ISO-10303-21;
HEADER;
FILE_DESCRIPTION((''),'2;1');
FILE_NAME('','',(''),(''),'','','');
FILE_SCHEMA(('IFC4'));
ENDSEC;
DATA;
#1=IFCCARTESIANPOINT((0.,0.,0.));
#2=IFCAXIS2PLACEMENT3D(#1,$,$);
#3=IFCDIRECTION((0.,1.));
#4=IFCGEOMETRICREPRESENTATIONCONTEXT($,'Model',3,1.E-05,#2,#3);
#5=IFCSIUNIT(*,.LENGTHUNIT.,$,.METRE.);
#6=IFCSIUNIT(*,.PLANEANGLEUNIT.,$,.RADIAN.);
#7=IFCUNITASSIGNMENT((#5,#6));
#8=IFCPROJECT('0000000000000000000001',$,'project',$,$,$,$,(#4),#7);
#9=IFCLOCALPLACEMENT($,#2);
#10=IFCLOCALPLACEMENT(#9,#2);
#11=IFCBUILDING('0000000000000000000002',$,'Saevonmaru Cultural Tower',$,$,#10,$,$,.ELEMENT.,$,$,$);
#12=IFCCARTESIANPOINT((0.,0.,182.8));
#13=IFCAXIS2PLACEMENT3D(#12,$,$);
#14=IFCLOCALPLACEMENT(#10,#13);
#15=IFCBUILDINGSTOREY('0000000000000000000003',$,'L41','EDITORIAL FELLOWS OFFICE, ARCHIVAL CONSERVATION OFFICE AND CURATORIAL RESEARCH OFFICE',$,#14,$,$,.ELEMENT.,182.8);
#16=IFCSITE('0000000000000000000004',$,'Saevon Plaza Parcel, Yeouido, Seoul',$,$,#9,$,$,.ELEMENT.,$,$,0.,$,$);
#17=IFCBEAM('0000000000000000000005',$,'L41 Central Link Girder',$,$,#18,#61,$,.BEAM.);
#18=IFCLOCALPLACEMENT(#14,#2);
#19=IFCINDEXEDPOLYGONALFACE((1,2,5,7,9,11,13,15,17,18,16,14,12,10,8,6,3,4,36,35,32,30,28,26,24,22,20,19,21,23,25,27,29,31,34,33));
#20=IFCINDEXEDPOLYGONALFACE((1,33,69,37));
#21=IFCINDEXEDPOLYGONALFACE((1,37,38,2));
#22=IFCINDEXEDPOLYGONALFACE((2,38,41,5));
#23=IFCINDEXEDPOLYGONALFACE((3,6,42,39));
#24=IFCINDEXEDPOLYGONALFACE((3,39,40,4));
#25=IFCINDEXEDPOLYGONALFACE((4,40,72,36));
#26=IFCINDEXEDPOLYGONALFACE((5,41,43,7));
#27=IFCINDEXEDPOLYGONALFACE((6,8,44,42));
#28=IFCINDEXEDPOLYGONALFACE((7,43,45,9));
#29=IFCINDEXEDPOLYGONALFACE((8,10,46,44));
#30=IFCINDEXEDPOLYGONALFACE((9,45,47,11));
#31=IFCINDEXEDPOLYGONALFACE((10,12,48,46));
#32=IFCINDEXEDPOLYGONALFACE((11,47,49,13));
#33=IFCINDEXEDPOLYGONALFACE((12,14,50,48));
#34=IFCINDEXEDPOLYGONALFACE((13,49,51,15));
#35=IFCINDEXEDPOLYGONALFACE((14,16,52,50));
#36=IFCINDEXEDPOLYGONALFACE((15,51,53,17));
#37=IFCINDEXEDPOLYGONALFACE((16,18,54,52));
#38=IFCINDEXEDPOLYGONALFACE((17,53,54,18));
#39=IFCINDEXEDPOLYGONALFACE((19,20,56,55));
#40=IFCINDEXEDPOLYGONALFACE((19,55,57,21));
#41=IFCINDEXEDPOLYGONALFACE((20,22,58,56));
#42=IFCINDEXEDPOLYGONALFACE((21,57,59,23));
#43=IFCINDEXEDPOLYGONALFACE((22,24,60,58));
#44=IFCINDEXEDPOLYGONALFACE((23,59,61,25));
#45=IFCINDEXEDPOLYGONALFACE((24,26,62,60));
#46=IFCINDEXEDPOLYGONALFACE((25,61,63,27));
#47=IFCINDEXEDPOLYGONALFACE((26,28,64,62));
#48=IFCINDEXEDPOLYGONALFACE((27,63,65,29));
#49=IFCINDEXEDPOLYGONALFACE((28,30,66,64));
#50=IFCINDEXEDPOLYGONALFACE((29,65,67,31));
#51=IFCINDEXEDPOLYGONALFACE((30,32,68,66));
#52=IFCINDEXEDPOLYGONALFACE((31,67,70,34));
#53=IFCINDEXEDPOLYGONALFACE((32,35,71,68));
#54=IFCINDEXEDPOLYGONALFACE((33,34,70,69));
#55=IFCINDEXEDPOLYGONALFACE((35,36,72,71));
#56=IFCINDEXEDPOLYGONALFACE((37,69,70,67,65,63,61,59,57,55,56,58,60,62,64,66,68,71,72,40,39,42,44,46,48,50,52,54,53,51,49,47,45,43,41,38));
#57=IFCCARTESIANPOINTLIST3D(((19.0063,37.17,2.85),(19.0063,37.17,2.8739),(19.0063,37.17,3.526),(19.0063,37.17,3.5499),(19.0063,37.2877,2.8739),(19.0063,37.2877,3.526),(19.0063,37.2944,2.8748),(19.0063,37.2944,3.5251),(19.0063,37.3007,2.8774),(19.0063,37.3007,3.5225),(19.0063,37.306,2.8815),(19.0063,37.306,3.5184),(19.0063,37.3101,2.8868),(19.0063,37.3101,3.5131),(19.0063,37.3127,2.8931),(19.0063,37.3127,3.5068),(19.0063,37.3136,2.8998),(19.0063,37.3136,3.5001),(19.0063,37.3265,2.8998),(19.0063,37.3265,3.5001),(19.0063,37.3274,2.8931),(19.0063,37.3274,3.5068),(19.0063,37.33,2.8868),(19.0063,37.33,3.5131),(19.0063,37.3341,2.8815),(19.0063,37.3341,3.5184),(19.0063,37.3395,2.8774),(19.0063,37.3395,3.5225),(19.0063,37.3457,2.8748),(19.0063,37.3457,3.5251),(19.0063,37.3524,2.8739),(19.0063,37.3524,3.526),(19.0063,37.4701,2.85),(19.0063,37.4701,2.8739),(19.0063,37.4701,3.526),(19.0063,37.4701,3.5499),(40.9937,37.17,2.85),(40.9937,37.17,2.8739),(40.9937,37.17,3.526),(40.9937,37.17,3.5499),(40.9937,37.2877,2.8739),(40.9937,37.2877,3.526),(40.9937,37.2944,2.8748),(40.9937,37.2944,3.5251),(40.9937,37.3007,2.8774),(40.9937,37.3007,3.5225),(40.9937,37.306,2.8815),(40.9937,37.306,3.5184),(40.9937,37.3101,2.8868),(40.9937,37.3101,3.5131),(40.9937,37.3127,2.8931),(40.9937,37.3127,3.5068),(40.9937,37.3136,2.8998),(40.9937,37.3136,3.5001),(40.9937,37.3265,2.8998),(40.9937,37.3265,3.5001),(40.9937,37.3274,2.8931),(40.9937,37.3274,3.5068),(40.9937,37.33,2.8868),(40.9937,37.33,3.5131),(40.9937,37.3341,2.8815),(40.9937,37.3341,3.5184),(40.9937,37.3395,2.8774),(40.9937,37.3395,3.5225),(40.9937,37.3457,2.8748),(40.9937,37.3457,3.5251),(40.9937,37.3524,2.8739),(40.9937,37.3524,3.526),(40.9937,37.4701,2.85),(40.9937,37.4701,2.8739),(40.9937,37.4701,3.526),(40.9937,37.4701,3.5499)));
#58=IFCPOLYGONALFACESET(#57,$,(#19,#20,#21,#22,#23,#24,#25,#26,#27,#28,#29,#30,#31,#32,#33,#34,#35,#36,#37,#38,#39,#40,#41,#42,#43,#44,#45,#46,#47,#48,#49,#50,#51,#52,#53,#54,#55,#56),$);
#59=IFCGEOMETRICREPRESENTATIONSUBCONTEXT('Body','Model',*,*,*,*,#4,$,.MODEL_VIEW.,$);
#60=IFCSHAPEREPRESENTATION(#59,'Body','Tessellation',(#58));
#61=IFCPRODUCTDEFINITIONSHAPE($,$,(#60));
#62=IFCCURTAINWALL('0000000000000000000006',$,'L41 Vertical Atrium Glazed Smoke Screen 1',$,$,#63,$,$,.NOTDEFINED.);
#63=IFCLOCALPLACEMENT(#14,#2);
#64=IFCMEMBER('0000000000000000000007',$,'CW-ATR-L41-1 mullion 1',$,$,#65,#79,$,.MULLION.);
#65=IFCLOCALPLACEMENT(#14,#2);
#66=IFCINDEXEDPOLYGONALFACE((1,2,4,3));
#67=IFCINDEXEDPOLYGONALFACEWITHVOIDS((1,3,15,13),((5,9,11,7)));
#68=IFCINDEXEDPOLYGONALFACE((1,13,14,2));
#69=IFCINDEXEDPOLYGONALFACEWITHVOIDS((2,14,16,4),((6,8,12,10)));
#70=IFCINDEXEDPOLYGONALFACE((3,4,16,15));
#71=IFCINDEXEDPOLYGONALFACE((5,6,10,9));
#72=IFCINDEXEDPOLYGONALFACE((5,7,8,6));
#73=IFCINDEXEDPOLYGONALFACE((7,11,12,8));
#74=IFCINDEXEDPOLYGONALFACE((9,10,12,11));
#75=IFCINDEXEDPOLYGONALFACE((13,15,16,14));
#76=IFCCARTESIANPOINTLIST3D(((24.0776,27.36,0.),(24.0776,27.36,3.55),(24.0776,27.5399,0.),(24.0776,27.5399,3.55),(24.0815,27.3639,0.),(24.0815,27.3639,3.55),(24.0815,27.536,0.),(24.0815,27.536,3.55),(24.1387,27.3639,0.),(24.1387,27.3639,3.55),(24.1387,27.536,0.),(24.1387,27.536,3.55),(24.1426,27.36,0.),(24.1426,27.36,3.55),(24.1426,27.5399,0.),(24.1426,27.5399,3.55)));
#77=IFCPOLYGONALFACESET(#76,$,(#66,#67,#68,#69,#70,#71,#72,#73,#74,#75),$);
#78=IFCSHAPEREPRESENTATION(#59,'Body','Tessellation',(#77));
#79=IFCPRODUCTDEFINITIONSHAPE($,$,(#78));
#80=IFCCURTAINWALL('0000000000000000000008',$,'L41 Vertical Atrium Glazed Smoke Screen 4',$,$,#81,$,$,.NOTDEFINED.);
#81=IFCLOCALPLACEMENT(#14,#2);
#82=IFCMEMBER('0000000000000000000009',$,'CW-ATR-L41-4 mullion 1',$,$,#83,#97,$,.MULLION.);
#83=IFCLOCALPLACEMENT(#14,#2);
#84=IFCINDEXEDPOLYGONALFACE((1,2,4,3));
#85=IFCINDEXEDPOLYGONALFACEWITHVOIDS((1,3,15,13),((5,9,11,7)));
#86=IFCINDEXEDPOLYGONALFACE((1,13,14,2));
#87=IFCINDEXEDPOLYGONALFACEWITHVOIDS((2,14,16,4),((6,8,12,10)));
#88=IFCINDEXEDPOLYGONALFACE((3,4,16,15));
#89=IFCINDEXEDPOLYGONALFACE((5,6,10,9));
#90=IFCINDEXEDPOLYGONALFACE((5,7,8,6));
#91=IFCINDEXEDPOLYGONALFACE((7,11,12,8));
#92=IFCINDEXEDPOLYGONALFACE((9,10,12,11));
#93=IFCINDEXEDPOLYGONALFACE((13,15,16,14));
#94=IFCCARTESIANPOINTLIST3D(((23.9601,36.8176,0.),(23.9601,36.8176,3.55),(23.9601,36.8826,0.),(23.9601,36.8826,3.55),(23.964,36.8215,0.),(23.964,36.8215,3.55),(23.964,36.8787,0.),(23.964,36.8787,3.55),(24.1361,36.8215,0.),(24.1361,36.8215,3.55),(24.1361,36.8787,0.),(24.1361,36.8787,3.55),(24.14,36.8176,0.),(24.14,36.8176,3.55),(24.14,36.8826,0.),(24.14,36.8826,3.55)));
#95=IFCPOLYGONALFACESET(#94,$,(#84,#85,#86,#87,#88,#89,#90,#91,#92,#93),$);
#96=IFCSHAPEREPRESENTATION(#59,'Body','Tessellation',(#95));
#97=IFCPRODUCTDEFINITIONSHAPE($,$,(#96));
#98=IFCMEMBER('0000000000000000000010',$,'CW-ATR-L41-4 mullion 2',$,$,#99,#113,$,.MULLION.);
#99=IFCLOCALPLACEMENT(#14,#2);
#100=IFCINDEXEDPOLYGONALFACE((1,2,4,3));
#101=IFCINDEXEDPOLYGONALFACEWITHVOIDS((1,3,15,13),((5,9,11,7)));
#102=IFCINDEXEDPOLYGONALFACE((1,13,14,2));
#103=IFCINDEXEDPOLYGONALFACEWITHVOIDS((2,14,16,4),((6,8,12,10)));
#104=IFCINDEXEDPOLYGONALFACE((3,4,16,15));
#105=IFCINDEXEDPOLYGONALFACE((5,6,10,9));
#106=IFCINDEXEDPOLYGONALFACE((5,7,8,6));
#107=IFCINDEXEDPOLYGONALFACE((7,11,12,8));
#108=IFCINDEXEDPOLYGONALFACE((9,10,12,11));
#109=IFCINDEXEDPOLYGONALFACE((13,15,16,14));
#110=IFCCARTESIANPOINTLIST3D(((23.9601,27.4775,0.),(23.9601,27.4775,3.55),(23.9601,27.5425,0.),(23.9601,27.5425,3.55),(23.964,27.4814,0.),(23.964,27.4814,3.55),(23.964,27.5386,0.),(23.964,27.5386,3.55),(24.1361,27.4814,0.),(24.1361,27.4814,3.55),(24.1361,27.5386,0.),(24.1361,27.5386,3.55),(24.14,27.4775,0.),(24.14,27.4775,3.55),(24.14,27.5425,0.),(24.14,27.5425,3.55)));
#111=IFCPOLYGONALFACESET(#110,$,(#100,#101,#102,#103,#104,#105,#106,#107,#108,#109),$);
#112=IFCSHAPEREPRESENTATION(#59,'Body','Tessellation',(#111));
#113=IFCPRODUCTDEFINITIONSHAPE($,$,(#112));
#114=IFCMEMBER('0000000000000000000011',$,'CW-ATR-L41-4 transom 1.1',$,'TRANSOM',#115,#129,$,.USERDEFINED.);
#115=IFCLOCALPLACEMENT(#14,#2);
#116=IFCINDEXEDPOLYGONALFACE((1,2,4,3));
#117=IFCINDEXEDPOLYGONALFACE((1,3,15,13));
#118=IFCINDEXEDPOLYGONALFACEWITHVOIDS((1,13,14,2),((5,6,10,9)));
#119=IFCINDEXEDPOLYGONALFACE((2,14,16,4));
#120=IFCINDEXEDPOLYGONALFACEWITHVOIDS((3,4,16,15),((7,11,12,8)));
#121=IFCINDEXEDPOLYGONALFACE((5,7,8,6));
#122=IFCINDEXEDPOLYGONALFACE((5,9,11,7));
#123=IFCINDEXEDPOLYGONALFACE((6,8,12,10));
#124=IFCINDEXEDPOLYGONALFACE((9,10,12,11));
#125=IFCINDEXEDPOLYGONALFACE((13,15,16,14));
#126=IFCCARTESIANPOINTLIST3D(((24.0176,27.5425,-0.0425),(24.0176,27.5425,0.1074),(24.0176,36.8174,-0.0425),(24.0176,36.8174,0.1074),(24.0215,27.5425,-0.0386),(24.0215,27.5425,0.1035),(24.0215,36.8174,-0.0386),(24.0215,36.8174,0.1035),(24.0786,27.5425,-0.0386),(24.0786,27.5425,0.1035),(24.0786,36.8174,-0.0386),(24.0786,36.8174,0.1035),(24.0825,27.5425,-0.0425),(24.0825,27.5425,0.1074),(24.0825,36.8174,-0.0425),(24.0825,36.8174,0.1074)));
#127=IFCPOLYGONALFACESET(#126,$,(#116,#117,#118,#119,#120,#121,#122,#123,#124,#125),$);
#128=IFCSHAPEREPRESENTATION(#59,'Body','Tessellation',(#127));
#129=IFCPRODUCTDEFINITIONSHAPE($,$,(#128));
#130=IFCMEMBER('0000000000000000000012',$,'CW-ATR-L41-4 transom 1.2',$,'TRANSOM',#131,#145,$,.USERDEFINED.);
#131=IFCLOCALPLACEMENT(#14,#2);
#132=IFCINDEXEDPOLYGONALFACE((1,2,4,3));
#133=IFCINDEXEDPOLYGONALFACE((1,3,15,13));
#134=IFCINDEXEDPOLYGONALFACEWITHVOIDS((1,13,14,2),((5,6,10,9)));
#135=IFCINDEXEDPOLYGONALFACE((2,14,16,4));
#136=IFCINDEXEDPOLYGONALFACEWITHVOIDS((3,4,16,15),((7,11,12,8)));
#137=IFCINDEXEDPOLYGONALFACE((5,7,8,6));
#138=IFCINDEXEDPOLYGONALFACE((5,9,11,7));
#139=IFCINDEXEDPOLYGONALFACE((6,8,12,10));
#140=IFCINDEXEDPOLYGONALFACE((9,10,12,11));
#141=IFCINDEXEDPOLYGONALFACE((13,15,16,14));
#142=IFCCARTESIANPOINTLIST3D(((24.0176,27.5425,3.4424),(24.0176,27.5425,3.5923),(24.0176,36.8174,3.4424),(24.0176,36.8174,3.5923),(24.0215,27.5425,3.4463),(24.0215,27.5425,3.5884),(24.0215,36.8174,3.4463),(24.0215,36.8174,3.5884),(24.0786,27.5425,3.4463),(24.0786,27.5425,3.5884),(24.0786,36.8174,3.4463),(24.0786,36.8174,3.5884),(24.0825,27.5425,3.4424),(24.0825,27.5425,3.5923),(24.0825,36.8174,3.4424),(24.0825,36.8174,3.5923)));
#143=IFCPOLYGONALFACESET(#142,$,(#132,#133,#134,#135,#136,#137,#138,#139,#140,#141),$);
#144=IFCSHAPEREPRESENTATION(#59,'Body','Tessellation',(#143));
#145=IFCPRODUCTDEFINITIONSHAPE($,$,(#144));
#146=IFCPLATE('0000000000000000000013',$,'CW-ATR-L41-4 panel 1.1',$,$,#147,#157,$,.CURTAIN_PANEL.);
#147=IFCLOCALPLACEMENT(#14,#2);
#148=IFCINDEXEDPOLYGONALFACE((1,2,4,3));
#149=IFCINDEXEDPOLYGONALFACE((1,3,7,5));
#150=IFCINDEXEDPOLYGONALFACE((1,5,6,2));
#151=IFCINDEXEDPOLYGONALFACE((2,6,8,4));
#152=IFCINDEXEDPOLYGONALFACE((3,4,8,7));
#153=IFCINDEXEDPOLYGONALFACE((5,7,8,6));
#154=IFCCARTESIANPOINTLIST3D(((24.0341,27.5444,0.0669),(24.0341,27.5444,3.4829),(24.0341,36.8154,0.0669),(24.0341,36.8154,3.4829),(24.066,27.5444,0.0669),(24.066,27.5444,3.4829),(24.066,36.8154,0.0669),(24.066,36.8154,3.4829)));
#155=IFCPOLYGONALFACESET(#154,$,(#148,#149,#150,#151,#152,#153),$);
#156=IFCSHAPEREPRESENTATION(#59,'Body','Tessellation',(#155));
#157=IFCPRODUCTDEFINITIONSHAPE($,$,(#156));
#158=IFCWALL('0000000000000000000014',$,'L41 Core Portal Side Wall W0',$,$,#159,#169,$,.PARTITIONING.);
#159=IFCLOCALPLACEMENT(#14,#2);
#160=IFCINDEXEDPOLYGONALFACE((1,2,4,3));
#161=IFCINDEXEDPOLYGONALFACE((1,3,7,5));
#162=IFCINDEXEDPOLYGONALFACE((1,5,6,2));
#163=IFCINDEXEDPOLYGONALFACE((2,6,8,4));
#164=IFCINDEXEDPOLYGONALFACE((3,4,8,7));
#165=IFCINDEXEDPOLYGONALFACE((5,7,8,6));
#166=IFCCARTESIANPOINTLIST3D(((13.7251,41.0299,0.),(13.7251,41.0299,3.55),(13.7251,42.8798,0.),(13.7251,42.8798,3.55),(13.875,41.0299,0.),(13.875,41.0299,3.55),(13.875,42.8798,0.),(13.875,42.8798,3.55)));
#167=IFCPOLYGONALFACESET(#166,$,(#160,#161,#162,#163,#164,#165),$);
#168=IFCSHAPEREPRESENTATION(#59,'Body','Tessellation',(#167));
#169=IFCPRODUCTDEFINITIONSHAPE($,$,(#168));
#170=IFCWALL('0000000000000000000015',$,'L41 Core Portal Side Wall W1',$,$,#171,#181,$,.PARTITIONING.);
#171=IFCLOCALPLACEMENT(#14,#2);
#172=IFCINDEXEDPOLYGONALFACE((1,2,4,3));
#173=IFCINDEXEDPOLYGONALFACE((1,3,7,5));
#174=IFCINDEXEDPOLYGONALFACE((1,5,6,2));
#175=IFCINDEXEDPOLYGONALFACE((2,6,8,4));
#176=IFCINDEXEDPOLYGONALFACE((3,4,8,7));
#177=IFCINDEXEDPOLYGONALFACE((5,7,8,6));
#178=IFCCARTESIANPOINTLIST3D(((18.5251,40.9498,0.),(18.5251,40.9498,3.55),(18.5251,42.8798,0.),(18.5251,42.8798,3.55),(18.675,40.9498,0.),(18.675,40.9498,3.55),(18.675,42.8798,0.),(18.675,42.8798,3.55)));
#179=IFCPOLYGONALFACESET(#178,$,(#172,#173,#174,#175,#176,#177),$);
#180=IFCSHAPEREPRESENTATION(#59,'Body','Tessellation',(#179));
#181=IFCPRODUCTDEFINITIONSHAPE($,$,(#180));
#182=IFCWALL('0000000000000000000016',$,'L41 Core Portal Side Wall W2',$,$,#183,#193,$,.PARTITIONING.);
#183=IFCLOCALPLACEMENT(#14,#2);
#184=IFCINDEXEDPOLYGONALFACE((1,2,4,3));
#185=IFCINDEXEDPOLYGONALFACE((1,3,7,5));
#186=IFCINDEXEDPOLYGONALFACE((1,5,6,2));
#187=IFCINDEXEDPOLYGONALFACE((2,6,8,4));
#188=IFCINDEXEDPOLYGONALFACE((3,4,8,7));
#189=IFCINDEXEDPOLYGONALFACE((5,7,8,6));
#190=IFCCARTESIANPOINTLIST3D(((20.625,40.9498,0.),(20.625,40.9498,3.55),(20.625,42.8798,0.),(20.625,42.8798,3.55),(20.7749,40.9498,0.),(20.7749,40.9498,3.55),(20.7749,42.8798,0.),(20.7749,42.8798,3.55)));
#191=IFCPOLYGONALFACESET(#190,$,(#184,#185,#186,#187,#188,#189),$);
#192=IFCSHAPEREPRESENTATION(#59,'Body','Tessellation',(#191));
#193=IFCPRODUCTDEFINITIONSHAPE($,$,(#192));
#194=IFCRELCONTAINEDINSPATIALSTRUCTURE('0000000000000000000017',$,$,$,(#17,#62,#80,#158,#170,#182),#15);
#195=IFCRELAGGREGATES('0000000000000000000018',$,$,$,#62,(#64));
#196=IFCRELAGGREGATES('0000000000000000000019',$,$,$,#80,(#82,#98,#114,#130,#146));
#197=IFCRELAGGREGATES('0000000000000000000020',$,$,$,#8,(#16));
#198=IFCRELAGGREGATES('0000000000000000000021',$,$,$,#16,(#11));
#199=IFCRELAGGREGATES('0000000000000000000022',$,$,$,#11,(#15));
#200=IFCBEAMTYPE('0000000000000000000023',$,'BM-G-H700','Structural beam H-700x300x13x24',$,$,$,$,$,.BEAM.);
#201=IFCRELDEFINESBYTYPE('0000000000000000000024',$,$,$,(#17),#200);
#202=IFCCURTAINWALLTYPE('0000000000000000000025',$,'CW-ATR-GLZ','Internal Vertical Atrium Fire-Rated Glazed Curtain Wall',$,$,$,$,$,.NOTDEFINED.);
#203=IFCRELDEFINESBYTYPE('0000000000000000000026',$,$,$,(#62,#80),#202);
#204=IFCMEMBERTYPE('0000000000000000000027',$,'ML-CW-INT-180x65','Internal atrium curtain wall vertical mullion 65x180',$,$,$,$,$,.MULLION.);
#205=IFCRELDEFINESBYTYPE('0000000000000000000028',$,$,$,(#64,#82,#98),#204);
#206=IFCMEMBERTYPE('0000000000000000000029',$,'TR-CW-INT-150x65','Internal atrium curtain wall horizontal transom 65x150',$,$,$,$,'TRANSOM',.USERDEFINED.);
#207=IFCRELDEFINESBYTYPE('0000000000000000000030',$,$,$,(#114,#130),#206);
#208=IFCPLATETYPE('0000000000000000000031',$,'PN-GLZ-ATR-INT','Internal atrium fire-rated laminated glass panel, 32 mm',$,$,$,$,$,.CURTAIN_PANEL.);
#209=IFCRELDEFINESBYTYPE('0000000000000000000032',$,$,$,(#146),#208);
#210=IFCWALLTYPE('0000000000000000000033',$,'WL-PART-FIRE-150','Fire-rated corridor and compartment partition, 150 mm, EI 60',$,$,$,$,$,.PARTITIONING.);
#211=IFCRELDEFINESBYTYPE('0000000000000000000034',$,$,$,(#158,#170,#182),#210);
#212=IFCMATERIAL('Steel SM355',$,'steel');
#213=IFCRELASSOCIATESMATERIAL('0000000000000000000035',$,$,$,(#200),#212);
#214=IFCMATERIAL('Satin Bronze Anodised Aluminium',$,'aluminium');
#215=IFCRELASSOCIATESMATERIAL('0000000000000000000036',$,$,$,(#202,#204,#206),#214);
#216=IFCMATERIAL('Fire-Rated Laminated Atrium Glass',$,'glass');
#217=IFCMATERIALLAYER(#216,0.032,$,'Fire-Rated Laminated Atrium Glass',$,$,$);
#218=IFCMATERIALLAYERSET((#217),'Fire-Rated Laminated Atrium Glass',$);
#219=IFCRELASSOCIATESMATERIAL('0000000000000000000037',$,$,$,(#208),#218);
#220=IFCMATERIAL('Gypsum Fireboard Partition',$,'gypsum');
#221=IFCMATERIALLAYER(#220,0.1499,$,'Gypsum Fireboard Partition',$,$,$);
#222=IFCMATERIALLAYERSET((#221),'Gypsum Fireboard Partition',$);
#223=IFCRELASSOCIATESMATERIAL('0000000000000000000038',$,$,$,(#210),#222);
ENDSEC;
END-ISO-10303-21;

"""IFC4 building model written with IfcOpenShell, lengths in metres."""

from ifc_helpers import new_model, si_unit, direction, frame, frame_2d, origin, origin_2d, place, context, subcontext, project, spatial, rectangle, hollow_rectangle, i_section, extrude, material, layer, layer_set, material_profile, profile_set, type_object, element, aggregate, save


model = new_model("IFC4")

# Units and contexts
model_context = context("Model", 3, precision=1e-05, world=origin(), true_north=direction((0.0, 1.0)))
body_context = subcontext(model_context, "Body", "Model", "MODEL_VIEW")
ifc_project = project(units=[si_unit("LENGTHUNIT", "METRE"), si_unit("PLANEANGLEUNIT", "RADIAN")], contexts=[model_context])

# Site, building, storey
site_placement = place(None, origin())
site = spatial("IfcSite", under=ifc_project, at=site_placement, Name="Saevon Plaza Parcel, Yeouido, Seoul", CompositionType="ELEMENT", RefElevation=0.0)
building_placement = place(site_placement, origin())
building = spatial("IfcBuilding", under=site, at=building_placement, Name="Saevonmaru Cultural Tower", CompositionType="ELEMENT")
storey_placement = place(building_placement, frame((0.0, 0.0, 182.8)))
storey = spatial("IfcBuildingStorey", under=building, at=storey_placement, Name="L41", Description="EDITORIAL FELLOWS OFFICE, ARCHIVAL CONSERVATION OFFICE AND CURATORIAL RESEARCH OFFICE", CompositionType="ELEMENT", Elevation=182.8)

# Shared definitions
ifc_material_1 = material(Name="Steel SM355", Category="steel")

# Beam
ifc_material_profile_1 = material_profile(ifc_material_1, i_section(OverallWidth=0.3, OverallDepth=0.7, WebThickness=0.0129, FlangeThickness=0.0239, FilletRadius=0.0259, at=origin_2d()), Name="H-700x300x13x24")
ifc_profile_set_1 = profile_set([ifc_material_profile_1], Name="Steel SM355")
beam_type = type_object("IfcBeamType", Name="BM-G-H700", Description="Structural beam H-700x300x13x24", PredefinedType="BEAM", material=ifc_profile_set_1)
beam_1_placement = place(storey_placement, frame((19.0063, 37.3201, 3.2), z_axis=(1.0, 0.0, 0.0), x_axis=(0.0, 1.0, 0.0)))
element("IfcBeam", 1, at=beam_1_placement, inside=storey, type_object=beam_type, Name="L41 Central Link Girder", PredefinedType="BEAM", context=body_context, shape_type="SweptSolid", body=[
    extrude(i_section(OverallWidth=0.3, OverallDepth=0.7, WebThickness=0.0129, FlangeThickness=0.0239, FilletRadius=0.0259, at=origin_2d()), origin(), (0.0, 0.0, 1.0), 21.9873),
])

# Curtain wall, member
ifc_material_2 = material(Name="Satin Bronze Anodised Aluminium", Category="aluminium")
curtain_wall_type = type_object("IfcCurtainWallType", Name="CW-ATR-GLZ", Description="Internal Vertical Atrium Fire-Rated Glazed Curtain Wall", PredefinedType="NOTDEFINED", material=ifc_material_2)
curtain_wall_1_placement = place(storey_placement, origin())
curtain_wall_1 = element("IfcCurtainWall", 2, at=curtain_wall_1_placement, inside=storey, type_object=curtain_wall_type, Name="L41 Vertical Atrium Glazed Smoke Screen 1", PredefinedType="NOTDEFINED")
ifc_material_profile_2 = material_profile(ifc_material_2, hollow_rectangle(XDim=0.0649, YDim=0.1799, WallThickness=0.0039, at=origin_2d()), Name="ALU-MULL-180x65x4")
ifc_profile_set_2 = profile_set([ifc_material_profile_2], Name="Satin Bronze Anodised Aluminium")
member_type_1 = type_object("IfcMemberType", Name="ML-CW-INT-180x65", Description="Internal atrium curtain wall vertical mullion 65x180", PredefinedType="MULLION", material=ifc_profile_set_2)
member_1_placement = place(storey_placement, frame((24.1101, 27.45, 0.0), z_axis=(0.0, 0.0, 1.0), x_axis=(1.0, 0.0, 0.0)))
member_1 = element("IfcMember", 3, at=member_1_placement, type_object=member_type_1, Name="CW-ATR-L41-1 mullion 1", PredefinedType="MULLION", context=body_context, shape_type="SweptSolid", body=[
    extrude(hollow_rectangle(XDim=0.0649, YDim=0.1799, WallThickness=0.0039, at=origin_2d()), origin(), (0.0, 0.0, 1.0), 3.55),
])
aggregate(curtain_wall_1, [member_1])

# Curtain wall, members, plate
curtain_wall_2_placement = place(storey_placement, origin())
curtain_wall_2 = element("IfcCurtainWall", 4, at=curtain_wall_2_placement, inside=storey, type_object=curtain_wall_type, Name="L41 Vertical Atrium Glazed Smoke Screen 4", PredefinedType="NOTDEFINED")
member_2_placement = place(storey_placement, frame((24.05, 36.8501, 0.0), z_axis=(0.0, 0.0, 1.0), x_axis=(0.0, -1.0, 0.0)))
member_2 = element("IfcMember", 5, at=member_2_placement, type_object=member_type_1, Name="CW-ATR-L41-4 mullion 1", PredefinedType="MULLION", context=body_context, shape_type="SweptSolid", body=[
    extrude(hollow_rectangle(XDim=0.0649, YDim=0.1799, WallThickness=0.0039, at=origin_2d()), origin(), (0.0, 0.0, 1.0), 3.55),
])
member_3_placement = place(storey_placement, frame((24.05, 27.51, 0.0), z_axis=(0.0, 0.0, 1.0), x_axis=(0.0, -1.0, 0.0)))
member_3 = element("IfcMember", 6, at=member_3_placement, type_object=member_type_1, Name="CW-ATR-L41-4 mullion 2", PredefinedType="MULLION", context=body_context, shape_type="SweptSolid", body=[
    extrude(hollow_rectangle(XDim=0.0649, YDim=0.1799, WallThickness=0.0039, at=origin_2d()), origin(), (0.0, 0.0, 1.0), 3.55),
])
ifc_material_profile_3 = material_profile(ifc_material_2, hollow_rectangle(XDim=0.0649, YDim=0.1499, WallThickness=0.0039, at=origin_2d()), Name="ALU-TRAN-150x65x4")
ifc_profile_set_3 = profile_set([ifc_material_profile_3], Name="Satin Bronze Anodised Aluminium")
member_type_2 = type_object("IfcMemberType", Name="TR-CW-INT-150x65", Description="Internal atrium curtain wall horizontal transom 65x150", ElementType="TRANSOM", PredefinedType="USERDEFINED", material=ifc_profile_set_3)
member_4_placement = place(storey_placement, frame((24.05, 36.8174, 0.0325), z_axis=(0.0, -1.0, 0.0), x_axis=(1.0, 0.0, 0.0)))
member_4 = element("IfcMember", 7, at=member_4_placement, type_object=member_type_2, Name="CW-ATR-L41-4 transom 1.1", ObjectType="TRANSOM", PredefinedType="USERDEFINED", context=body_context, shape_type="SweptSolid", body=[
    extrude(hollow_rectangle(XDim=0.0649, YDim=0.1499, WallThickness=0.0039, at=origin_2d()), origin(), (0.0, 0.0, 1.0), 9.2749),
])
member_5_placement = place(storey_placement, frame((24.05, 36.8174, 3.5173), z_axis=(0.0, -1.0, 0.0), x_axis=(1.0, 0.0, 0.0)))
member_5 = element("IfcMember", 8, at=member_5_placement, type_object=member_type_2, Name="CW-ATR-L41-4 transom 1.2", ObjectType="TRANSOM", PredefinedType="USERDEFINED", context=body_context, shape_type="SweptSolid", body=[
    extrude(hollow_rectangle(XDim=0.0649, YDim=0.1499, WallThickness=0.0039, at=origin_2d()), origin(), (0.0, 0.0, 1.0), 9.2749),
])
ifc_material_3 = material(Name="Fire-Rated Laminated Atrium Glass", Category="glass")
ifc_layer_1 = layer(ifc_material_3, 0.032, Name="Fire-Rated Laminated Atrium Glass")
ifc_layer_set_1 = layer_set([ifc_layer_1], Name="Fire-Rated Laminated Atrium Glass")
plate_type = type_object("IfcPlateType", Name="PN-GLZ-ATR-INT", Description="Internal atrium fire-rated laminated glass panel, 32 mm", PredefinedType="CURTAIN_PANEL", material=ifc_layer_set_1)
plate_placement = place(storey_placement, frame((24.05, 32.1799, 0.0669), z_axis=(0.0, 0.0, 1.0), x_axis=(0.0, -1.0, 0.0)))
plate = element("IfcPlate", 9, at=plate_placement, type_object=plate_type, Name="CW-ATR-L41-4 panel 1.1", PredefinedType="CURTAIN_PANEL", context=body_context, shape_type="SweptSolid", body=[
    extrude(rectangle(XDim=9.271, YDim=0.032, at=origin_2d()), origin(), (0.0, 0.0, 1.0), 3.416),
])
aggregate(curtain_wall_2, [member_2, member_3, member_4, member_5, plate])

# Walls
ifc_material_4 = material(Name="Gypsum Fireboard Partition", Category="gypsum")
ifc_layer_2 = layer(ifc_material_4, 0.1499, Name="Gypsum Fireboard Partition")
ifc_layer_set_2 = layer_set([ifc_layer_2], Name="Gypsum Fireboard Partition")
wall_type_1 = type_object("IfcWallType", Name="WL-PART-FIRE-150", Description="Fire-rated corridor and compartment partition, 150 mm, EI 60", PredefinedType="PARTITIONING", material=ifc_layer_set_2)
wall_1_placement = place(storey_placement, frame((13.8, 41.03, 0.0), z_axis=(0.0, 0.0, 1.0), x_axis=(0.0, 1.0, 0.0)))
element("IfcWall", 10, at=wall_1_placement, inside=storey, type_object=wall_type_1, Name="L41 Core Portal Side Wall W0", PredefinedType="PARTITIONING", context=body_context, shape_type="SweptSolid", body=[
    extrude(rectangle(XDim=1.8499, YDim=0.1499, at=frame_2d((0.9248, 0.0))), origin(), (0.0, 0.0, 1.0), 3.55),
])
for number, where, z_axis, x_axis, name in (
    (11, (18.6001, 40.95, 0.0), (0.0, 0.0, 1.0), (0.0, 1.0, 0.0), "L41 Core Portal Side Wall W1"),
    (12, (20.7, 40.95, 0.0), (0.0, 0.0, 1.0), (0.0, 1.0, 0.0), "L41 Core Portal Side Wall W2"),
):
    element("IfcWall", number, at=place(storey_placement, frame(where, z_axis=z_axis, x_axis=x_axis)), inside=storey, type_object=wall_type_1, Name=name, PredefinedType="PARTITIONING", context=body_context, shape_type="SweptSolid", body=[
        extrude(rectangle(XDim=1.9299, YDim=0.1499, at=frame_2d((0.9648, 0.0))), origin(), (0.0, 0.0, 1.0), 3.55),
    ])

save(model, "model.ifc")
